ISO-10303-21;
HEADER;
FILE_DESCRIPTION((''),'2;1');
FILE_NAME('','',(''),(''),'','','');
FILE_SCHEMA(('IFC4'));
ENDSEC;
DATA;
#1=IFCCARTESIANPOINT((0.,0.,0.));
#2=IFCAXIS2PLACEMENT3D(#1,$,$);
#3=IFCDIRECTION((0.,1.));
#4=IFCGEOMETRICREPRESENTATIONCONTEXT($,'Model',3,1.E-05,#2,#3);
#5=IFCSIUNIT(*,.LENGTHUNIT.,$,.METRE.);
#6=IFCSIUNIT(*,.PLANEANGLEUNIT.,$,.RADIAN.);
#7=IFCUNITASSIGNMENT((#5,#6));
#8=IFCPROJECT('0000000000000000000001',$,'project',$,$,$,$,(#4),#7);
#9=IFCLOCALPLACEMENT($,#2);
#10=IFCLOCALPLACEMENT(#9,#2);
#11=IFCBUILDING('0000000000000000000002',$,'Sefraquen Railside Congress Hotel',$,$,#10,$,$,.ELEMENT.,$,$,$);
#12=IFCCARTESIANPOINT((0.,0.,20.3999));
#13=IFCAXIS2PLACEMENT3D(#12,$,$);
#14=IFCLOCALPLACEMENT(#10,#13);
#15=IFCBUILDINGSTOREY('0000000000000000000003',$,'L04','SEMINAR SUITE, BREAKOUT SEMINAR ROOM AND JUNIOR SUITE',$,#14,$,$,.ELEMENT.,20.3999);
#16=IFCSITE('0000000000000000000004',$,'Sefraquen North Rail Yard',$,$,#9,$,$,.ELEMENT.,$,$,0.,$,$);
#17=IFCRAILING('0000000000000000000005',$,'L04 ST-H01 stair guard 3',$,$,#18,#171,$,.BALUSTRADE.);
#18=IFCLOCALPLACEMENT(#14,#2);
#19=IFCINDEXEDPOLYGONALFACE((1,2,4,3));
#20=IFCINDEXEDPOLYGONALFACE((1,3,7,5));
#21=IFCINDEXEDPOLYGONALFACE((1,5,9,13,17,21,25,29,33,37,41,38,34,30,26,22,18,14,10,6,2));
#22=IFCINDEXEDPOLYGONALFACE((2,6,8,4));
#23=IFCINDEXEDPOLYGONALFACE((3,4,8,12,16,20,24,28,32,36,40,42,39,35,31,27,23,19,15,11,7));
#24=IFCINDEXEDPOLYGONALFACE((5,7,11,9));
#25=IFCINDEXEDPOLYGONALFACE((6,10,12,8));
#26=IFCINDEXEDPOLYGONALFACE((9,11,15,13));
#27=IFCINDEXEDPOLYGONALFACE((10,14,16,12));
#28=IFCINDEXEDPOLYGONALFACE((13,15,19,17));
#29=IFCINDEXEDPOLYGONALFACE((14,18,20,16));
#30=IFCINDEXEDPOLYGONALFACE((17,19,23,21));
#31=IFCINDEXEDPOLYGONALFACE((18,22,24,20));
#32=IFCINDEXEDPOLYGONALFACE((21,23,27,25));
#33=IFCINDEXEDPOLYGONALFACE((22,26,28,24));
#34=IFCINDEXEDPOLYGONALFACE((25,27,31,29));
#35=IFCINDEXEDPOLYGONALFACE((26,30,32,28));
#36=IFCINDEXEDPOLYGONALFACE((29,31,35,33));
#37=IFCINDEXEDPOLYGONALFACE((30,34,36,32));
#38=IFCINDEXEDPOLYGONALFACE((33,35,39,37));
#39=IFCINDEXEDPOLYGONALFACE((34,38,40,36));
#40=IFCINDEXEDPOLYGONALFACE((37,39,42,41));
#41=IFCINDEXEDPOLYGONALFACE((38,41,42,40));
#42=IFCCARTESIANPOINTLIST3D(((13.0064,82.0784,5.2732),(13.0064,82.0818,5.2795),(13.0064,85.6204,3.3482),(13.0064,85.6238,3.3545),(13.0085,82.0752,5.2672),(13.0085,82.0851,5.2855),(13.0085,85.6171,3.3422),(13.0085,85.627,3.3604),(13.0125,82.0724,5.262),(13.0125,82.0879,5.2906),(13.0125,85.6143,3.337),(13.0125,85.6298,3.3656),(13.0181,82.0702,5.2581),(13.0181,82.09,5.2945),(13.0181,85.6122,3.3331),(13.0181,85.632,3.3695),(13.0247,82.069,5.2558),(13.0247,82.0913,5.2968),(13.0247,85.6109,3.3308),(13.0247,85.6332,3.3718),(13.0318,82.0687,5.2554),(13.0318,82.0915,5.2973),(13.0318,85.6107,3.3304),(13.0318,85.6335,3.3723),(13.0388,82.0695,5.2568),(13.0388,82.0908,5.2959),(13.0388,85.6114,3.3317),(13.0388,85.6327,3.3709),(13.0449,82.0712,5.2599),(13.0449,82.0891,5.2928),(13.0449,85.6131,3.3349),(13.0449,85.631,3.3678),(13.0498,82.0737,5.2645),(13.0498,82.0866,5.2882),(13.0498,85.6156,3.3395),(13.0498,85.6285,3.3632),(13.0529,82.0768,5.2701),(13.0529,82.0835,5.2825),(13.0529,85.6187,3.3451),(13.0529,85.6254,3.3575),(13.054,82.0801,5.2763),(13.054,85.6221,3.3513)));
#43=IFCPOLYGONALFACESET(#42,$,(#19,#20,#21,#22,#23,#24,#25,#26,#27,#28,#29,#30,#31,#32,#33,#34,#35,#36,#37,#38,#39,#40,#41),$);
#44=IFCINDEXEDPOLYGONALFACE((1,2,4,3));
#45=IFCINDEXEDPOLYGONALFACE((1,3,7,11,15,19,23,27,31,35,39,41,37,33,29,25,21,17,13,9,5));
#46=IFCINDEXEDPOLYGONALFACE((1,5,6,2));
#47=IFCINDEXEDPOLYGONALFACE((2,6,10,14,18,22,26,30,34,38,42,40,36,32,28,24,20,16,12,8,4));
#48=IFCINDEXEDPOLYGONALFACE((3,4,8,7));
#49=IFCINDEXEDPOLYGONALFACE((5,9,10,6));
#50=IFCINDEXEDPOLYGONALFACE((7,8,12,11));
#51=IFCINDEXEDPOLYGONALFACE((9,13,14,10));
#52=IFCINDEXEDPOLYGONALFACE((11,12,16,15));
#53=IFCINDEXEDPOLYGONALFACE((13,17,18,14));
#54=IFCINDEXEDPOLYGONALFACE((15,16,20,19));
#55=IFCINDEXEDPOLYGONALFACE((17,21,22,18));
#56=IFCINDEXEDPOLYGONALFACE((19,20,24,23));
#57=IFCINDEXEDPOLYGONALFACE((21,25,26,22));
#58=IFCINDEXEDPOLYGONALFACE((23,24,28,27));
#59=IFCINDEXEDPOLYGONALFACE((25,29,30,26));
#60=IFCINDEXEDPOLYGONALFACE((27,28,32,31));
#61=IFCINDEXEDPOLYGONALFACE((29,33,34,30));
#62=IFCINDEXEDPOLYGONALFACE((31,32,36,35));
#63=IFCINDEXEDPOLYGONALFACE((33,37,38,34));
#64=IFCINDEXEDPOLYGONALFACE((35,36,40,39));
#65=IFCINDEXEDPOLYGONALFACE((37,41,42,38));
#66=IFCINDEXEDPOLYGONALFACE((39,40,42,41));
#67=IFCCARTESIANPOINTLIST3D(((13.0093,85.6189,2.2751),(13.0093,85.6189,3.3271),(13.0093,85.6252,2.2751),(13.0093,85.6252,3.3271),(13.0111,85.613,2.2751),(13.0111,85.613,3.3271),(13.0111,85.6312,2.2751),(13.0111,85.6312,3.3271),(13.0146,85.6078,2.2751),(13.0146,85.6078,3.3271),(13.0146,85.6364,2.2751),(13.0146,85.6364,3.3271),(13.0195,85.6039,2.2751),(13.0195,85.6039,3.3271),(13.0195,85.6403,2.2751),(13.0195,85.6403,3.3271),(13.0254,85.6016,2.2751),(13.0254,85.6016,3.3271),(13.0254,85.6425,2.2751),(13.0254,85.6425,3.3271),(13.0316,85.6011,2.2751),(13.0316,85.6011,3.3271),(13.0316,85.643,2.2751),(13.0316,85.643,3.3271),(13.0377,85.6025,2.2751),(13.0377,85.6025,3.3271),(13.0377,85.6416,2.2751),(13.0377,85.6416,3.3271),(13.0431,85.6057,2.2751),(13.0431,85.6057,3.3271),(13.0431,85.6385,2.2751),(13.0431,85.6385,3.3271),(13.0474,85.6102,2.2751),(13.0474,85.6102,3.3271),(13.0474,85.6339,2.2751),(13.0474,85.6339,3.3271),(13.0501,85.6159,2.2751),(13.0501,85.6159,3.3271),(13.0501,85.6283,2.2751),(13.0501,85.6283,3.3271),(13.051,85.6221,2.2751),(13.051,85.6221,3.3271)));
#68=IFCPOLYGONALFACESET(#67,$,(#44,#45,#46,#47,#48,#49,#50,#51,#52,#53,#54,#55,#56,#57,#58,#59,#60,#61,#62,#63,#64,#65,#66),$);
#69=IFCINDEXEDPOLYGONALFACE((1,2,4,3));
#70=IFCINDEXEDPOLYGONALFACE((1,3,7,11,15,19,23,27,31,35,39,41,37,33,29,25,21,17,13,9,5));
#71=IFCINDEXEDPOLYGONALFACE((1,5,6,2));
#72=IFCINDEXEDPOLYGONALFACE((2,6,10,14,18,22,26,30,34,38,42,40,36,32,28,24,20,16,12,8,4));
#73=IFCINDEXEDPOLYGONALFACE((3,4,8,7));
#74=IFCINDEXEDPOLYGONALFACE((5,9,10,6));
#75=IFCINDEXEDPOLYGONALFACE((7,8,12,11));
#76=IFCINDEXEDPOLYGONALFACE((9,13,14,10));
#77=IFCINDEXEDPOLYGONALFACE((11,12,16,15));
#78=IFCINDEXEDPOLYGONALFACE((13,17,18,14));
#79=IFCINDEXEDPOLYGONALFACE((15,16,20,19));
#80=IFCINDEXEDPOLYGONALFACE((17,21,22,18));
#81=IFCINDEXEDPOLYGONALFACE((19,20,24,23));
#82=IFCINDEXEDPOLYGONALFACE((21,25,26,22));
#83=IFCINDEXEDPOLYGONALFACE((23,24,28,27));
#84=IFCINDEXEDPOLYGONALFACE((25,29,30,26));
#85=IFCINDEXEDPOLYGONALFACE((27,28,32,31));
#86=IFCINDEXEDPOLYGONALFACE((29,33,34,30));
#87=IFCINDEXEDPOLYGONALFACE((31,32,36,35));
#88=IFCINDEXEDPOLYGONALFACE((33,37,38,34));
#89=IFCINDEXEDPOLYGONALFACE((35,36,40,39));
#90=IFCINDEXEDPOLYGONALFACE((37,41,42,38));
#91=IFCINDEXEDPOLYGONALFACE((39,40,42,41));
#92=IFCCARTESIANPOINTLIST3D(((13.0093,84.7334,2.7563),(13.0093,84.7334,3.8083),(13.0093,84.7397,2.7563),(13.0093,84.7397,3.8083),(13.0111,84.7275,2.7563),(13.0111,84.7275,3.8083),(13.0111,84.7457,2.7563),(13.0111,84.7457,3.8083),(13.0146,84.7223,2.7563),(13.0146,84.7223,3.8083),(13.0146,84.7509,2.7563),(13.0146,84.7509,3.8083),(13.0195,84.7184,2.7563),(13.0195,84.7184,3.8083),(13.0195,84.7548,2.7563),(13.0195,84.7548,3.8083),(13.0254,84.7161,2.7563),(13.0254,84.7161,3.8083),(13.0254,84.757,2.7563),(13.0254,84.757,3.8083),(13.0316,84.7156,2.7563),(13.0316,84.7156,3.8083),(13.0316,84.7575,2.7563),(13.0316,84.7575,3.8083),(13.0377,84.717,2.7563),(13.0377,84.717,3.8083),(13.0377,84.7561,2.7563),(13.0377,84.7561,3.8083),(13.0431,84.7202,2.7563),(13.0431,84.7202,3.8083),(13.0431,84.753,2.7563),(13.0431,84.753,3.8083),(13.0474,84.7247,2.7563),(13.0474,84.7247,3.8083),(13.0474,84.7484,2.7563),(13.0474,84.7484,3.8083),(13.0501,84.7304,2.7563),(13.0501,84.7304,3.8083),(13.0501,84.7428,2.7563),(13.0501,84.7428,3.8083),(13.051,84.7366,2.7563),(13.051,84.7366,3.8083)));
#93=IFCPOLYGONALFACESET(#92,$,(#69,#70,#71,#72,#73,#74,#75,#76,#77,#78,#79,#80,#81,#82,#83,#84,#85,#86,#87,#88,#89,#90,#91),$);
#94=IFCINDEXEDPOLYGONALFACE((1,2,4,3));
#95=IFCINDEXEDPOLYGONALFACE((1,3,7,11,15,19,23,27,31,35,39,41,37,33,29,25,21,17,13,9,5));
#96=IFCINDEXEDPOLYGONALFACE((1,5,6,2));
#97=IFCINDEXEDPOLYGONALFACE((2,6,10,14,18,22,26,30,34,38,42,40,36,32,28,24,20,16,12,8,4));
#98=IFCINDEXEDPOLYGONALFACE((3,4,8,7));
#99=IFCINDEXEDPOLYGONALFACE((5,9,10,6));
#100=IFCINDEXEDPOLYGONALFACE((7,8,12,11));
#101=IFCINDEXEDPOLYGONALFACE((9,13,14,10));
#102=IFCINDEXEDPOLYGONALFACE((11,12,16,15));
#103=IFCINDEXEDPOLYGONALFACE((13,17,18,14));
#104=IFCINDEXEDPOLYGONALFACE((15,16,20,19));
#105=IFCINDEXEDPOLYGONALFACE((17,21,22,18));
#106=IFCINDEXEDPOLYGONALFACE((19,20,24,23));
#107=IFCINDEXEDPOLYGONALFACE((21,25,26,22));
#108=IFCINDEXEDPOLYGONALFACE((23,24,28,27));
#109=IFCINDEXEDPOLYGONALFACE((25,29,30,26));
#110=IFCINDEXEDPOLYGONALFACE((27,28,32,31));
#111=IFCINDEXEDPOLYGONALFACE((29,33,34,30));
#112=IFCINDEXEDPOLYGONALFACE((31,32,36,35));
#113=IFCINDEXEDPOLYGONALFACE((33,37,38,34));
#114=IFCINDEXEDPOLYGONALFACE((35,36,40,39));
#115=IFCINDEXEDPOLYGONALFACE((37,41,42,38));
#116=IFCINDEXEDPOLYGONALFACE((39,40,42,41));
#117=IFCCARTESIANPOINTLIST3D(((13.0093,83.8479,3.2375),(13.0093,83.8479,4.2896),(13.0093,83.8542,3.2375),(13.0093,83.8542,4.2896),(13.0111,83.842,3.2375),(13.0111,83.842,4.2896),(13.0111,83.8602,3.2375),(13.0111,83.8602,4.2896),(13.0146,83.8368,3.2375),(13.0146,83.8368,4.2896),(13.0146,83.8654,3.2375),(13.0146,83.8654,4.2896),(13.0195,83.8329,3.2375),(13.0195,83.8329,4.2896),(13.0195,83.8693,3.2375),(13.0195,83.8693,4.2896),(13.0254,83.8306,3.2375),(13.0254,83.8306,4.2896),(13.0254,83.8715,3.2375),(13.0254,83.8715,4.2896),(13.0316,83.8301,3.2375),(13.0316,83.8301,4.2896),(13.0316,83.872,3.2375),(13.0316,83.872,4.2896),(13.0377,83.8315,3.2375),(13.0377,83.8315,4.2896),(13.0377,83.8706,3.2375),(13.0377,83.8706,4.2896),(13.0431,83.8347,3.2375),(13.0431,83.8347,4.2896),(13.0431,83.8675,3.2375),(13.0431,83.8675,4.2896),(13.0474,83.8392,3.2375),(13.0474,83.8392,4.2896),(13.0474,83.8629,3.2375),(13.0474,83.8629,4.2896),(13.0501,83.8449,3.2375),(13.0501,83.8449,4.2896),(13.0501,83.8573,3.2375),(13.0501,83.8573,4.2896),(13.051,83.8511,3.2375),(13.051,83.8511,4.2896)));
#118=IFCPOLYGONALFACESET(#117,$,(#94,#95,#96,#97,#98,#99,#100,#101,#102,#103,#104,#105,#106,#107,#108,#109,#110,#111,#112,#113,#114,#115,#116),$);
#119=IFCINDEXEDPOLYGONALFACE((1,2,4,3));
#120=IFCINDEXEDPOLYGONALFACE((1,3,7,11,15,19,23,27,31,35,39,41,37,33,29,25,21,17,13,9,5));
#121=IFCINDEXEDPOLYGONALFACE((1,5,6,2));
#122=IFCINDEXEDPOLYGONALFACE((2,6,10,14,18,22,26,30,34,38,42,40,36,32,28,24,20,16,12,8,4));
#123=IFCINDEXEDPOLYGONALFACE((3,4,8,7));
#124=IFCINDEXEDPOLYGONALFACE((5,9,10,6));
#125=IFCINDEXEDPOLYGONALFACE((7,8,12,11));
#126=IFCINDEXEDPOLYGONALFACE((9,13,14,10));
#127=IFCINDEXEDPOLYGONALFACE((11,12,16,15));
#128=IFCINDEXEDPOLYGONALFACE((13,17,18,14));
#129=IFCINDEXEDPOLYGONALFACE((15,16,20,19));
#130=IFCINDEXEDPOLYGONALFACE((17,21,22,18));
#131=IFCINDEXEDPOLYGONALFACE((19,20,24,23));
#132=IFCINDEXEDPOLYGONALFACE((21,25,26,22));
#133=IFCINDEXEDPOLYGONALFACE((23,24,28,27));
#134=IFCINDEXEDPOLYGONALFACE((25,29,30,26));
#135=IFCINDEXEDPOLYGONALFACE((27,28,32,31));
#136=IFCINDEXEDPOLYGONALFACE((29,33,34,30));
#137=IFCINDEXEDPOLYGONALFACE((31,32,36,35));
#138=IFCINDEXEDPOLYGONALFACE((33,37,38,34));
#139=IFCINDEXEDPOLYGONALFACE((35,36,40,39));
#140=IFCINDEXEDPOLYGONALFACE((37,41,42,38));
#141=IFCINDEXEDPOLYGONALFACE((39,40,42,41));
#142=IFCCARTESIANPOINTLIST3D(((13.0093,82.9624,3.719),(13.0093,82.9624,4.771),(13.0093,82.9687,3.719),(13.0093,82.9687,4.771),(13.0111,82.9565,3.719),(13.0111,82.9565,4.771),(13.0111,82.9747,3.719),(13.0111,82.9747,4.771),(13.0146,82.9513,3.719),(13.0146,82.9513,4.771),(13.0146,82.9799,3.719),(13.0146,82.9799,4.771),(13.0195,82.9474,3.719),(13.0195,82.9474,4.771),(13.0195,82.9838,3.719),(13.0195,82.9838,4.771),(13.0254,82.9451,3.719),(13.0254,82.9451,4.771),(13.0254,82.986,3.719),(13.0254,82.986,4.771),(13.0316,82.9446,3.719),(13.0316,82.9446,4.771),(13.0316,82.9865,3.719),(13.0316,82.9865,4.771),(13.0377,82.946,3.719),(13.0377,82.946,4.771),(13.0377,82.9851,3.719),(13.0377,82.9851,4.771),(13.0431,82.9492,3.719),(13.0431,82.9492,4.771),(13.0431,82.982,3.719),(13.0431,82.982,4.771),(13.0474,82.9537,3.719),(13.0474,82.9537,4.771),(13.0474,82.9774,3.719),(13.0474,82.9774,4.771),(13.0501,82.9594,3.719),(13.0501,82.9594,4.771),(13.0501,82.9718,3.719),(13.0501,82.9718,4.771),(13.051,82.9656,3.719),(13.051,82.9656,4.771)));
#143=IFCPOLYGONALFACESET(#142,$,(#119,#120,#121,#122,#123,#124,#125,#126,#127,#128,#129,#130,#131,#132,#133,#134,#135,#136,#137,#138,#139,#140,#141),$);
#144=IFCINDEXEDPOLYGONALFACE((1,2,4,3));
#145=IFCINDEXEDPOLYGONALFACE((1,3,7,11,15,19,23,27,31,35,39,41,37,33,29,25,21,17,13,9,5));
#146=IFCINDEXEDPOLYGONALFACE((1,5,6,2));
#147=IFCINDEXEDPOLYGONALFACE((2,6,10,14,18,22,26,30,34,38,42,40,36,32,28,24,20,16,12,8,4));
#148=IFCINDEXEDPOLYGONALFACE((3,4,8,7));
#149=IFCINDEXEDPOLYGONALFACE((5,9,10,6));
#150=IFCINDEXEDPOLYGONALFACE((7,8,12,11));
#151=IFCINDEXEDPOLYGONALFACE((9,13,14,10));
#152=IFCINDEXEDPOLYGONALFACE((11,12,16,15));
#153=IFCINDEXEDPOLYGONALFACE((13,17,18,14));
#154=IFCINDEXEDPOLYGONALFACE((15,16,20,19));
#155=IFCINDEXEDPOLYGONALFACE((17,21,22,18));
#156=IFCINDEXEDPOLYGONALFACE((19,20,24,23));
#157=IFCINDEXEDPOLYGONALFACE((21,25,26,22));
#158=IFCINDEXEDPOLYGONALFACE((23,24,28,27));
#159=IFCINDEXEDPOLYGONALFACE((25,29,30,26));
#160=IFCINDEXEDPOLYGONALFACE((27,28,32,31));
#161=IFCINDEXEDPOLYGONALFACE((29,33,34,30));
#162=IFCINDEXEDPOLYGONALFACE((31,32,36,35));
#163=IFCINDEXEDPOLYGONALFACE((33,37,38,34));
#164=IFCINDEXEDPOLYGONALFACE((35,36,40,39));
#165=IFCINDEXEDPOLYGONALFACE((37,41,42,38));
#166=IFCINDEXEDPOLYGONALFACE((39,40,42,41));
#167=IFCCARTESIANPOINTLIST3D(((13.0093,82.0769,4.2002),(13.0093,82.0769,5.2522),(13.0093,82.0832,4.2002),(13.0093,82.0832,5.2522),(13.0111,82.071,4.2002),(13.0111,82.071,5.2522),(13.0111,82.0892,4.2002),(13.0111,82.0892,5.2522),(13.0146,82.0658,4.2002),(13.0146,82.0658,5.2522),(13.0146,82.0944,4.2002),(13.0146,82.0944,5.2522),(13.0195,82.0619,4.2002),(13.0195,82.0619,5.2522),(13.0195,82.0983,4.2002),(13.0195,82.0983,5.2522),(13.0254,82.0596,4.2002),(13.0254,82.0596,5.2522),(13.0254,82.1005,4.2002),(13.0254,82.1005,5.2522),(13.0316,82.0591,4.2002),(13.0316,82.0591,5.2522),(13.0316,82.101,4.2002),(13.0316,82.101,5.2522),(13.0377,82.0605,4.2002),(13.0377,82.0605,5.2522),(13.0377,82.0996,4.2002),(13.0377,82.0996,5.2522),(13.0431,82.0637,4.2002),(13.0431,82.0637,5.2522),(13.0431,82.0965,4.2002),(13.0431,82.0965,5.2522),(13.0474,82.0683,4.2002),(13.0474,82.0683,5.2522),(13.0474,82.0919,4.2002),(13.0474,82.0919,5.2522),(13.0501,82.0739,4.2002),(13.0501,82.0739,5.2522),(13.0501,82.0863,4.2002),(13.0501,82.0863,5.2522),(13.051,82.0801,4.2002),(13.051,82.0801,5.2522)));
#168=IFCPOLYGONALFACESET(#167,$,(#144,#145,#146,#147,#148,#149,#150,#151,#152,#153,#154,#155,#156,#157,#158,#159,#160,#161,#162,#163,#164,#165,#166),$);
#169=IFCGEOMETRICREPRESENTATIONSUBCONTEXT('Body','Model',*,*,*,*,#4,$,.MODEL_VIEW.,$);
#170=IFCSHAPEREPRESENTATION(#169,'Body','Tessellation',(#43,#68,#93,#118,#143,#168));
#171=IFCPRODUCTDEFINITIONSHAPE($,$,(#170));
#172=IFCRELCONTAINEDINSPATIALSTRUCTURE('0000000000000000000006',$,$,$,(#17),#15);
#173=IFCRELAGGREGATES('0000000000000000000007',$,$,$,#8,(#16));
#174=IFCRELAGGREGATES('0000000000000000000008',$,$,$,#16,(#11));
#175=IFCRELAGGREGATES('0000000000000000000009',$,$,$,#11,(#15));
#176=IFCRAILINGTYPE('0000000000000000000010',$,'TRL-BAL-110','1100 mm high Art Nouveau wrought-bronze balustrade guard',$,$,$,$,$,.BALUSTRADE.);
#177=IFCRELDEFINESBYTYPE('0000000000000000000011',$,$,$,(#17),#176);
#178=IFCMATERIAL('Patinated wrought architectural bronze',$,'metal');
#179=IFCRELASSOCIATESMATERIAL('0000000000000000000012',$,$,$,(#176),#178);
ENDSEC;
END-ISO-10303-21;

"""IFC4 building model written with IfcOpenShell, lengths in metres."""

from ifc_helpers import new_model, si_unit, direction, frame, origin, origin_2d, place, context, subcontext, project, spatial, circle, extrude, material, type_object, element, save


model = new_model("IFC4")

# Units and contexts
model_context = context("Model", 3, precision=1e-05, world=origin(), true_north=direction((0.0, 1.0)))
body_context = subcontext(model_context, "Body", "Model", "MODEL_VIEW")
ifc_project = project(units=[si_unit("LENGTHUNIT", "METRE"), si_unit("PLANEANGLEUNIT", "RADIAN")], contexts=[model_context])

# Site, building, storey
site_placement = place(None, origin())
site = spatial("IfcSite", under=ifc_project, at=site_placement, Name="Sefraquen North Rail Yard", CompositionType="ELEMENT", RefElevation=0.0)
building_placement = place(site_placement, origin())
building = spatial("IfcBuilding", under=site, at=building_placement, Name="Sefraquen Railside Congress Hotel", CompositionType="ELEMENT")
storey_placement = place(building_placement, frame((0.0, 0.0, 20.3999)))
storey = spatial("IfcBuildingStorey", under=building, at=storey_placement, Name="L04", Description="SEMINAR SUITE, BREAKOUT SEMINAR ROOM AND JUNIOR SUITE", CompositionType="ELEMENT", Elevation=20.3999)

# Railing
ifc_material_1 = material(Name="Patinated wrought architectural bronze", Category="metal")
railing_type_1 = type_object("IfcRailingType", Name="TRL-BAL-110", Description="1100 mm high Art Nouveau wrought-bronze balustrade guard", PredefinedType="BALUSTRADE", material=ifc_material_1)
railing_1_placement = place(storey_placement, frame((13.03, 85.6221, 2.2751)))
element("IfcRailing", 1, at=railing_1_placement, inside=storey, type_object=railing_type_1, Name="L04 ST-H01 stair guard 3", PredefinedType="BALUSTRADE", context=body_context, shape_type="SweptSolid", body=[
    extrude(circle(Radius=0.0239, at=origin_2d()), frame((0.0, 0.0, 1.0762), z_axis=(0.0, -0.878619, 0.477523), x_axis=(1.0, 0.0, 0.0)), (0.0, 0.0, 1.0), 4.0312),
    extrude(circle(Radius=0.021, at=origin_2d()), origin(), (0.0, 0.0, 1.0), 1.052),
    extrude(circle(Radius=0.021, at=origin_2d()), frame((0.0, -0.8855, 0.4812)), (0.0, 0.0, 1.0), 1.052),
    extrude(circle(Radius=0.021, at=origin_2d()), frame((0.0, -1.771, 0.9624)), (0.0, 0.0, 1.0), 1.052),
    extrude(circle(Radius=0.021, at=origin_2d()), frame((0.0, -2.6565, 1.4438)), (0.0, 0.0, 1.0), 1.052),
    extrude(circle(Radius=0.021, at=origin_2d()), frame((0.0, -3.542, 1.925)), (0.0, 0.0, 1.0), 1.052),
])

save(model, "model.ifc")
